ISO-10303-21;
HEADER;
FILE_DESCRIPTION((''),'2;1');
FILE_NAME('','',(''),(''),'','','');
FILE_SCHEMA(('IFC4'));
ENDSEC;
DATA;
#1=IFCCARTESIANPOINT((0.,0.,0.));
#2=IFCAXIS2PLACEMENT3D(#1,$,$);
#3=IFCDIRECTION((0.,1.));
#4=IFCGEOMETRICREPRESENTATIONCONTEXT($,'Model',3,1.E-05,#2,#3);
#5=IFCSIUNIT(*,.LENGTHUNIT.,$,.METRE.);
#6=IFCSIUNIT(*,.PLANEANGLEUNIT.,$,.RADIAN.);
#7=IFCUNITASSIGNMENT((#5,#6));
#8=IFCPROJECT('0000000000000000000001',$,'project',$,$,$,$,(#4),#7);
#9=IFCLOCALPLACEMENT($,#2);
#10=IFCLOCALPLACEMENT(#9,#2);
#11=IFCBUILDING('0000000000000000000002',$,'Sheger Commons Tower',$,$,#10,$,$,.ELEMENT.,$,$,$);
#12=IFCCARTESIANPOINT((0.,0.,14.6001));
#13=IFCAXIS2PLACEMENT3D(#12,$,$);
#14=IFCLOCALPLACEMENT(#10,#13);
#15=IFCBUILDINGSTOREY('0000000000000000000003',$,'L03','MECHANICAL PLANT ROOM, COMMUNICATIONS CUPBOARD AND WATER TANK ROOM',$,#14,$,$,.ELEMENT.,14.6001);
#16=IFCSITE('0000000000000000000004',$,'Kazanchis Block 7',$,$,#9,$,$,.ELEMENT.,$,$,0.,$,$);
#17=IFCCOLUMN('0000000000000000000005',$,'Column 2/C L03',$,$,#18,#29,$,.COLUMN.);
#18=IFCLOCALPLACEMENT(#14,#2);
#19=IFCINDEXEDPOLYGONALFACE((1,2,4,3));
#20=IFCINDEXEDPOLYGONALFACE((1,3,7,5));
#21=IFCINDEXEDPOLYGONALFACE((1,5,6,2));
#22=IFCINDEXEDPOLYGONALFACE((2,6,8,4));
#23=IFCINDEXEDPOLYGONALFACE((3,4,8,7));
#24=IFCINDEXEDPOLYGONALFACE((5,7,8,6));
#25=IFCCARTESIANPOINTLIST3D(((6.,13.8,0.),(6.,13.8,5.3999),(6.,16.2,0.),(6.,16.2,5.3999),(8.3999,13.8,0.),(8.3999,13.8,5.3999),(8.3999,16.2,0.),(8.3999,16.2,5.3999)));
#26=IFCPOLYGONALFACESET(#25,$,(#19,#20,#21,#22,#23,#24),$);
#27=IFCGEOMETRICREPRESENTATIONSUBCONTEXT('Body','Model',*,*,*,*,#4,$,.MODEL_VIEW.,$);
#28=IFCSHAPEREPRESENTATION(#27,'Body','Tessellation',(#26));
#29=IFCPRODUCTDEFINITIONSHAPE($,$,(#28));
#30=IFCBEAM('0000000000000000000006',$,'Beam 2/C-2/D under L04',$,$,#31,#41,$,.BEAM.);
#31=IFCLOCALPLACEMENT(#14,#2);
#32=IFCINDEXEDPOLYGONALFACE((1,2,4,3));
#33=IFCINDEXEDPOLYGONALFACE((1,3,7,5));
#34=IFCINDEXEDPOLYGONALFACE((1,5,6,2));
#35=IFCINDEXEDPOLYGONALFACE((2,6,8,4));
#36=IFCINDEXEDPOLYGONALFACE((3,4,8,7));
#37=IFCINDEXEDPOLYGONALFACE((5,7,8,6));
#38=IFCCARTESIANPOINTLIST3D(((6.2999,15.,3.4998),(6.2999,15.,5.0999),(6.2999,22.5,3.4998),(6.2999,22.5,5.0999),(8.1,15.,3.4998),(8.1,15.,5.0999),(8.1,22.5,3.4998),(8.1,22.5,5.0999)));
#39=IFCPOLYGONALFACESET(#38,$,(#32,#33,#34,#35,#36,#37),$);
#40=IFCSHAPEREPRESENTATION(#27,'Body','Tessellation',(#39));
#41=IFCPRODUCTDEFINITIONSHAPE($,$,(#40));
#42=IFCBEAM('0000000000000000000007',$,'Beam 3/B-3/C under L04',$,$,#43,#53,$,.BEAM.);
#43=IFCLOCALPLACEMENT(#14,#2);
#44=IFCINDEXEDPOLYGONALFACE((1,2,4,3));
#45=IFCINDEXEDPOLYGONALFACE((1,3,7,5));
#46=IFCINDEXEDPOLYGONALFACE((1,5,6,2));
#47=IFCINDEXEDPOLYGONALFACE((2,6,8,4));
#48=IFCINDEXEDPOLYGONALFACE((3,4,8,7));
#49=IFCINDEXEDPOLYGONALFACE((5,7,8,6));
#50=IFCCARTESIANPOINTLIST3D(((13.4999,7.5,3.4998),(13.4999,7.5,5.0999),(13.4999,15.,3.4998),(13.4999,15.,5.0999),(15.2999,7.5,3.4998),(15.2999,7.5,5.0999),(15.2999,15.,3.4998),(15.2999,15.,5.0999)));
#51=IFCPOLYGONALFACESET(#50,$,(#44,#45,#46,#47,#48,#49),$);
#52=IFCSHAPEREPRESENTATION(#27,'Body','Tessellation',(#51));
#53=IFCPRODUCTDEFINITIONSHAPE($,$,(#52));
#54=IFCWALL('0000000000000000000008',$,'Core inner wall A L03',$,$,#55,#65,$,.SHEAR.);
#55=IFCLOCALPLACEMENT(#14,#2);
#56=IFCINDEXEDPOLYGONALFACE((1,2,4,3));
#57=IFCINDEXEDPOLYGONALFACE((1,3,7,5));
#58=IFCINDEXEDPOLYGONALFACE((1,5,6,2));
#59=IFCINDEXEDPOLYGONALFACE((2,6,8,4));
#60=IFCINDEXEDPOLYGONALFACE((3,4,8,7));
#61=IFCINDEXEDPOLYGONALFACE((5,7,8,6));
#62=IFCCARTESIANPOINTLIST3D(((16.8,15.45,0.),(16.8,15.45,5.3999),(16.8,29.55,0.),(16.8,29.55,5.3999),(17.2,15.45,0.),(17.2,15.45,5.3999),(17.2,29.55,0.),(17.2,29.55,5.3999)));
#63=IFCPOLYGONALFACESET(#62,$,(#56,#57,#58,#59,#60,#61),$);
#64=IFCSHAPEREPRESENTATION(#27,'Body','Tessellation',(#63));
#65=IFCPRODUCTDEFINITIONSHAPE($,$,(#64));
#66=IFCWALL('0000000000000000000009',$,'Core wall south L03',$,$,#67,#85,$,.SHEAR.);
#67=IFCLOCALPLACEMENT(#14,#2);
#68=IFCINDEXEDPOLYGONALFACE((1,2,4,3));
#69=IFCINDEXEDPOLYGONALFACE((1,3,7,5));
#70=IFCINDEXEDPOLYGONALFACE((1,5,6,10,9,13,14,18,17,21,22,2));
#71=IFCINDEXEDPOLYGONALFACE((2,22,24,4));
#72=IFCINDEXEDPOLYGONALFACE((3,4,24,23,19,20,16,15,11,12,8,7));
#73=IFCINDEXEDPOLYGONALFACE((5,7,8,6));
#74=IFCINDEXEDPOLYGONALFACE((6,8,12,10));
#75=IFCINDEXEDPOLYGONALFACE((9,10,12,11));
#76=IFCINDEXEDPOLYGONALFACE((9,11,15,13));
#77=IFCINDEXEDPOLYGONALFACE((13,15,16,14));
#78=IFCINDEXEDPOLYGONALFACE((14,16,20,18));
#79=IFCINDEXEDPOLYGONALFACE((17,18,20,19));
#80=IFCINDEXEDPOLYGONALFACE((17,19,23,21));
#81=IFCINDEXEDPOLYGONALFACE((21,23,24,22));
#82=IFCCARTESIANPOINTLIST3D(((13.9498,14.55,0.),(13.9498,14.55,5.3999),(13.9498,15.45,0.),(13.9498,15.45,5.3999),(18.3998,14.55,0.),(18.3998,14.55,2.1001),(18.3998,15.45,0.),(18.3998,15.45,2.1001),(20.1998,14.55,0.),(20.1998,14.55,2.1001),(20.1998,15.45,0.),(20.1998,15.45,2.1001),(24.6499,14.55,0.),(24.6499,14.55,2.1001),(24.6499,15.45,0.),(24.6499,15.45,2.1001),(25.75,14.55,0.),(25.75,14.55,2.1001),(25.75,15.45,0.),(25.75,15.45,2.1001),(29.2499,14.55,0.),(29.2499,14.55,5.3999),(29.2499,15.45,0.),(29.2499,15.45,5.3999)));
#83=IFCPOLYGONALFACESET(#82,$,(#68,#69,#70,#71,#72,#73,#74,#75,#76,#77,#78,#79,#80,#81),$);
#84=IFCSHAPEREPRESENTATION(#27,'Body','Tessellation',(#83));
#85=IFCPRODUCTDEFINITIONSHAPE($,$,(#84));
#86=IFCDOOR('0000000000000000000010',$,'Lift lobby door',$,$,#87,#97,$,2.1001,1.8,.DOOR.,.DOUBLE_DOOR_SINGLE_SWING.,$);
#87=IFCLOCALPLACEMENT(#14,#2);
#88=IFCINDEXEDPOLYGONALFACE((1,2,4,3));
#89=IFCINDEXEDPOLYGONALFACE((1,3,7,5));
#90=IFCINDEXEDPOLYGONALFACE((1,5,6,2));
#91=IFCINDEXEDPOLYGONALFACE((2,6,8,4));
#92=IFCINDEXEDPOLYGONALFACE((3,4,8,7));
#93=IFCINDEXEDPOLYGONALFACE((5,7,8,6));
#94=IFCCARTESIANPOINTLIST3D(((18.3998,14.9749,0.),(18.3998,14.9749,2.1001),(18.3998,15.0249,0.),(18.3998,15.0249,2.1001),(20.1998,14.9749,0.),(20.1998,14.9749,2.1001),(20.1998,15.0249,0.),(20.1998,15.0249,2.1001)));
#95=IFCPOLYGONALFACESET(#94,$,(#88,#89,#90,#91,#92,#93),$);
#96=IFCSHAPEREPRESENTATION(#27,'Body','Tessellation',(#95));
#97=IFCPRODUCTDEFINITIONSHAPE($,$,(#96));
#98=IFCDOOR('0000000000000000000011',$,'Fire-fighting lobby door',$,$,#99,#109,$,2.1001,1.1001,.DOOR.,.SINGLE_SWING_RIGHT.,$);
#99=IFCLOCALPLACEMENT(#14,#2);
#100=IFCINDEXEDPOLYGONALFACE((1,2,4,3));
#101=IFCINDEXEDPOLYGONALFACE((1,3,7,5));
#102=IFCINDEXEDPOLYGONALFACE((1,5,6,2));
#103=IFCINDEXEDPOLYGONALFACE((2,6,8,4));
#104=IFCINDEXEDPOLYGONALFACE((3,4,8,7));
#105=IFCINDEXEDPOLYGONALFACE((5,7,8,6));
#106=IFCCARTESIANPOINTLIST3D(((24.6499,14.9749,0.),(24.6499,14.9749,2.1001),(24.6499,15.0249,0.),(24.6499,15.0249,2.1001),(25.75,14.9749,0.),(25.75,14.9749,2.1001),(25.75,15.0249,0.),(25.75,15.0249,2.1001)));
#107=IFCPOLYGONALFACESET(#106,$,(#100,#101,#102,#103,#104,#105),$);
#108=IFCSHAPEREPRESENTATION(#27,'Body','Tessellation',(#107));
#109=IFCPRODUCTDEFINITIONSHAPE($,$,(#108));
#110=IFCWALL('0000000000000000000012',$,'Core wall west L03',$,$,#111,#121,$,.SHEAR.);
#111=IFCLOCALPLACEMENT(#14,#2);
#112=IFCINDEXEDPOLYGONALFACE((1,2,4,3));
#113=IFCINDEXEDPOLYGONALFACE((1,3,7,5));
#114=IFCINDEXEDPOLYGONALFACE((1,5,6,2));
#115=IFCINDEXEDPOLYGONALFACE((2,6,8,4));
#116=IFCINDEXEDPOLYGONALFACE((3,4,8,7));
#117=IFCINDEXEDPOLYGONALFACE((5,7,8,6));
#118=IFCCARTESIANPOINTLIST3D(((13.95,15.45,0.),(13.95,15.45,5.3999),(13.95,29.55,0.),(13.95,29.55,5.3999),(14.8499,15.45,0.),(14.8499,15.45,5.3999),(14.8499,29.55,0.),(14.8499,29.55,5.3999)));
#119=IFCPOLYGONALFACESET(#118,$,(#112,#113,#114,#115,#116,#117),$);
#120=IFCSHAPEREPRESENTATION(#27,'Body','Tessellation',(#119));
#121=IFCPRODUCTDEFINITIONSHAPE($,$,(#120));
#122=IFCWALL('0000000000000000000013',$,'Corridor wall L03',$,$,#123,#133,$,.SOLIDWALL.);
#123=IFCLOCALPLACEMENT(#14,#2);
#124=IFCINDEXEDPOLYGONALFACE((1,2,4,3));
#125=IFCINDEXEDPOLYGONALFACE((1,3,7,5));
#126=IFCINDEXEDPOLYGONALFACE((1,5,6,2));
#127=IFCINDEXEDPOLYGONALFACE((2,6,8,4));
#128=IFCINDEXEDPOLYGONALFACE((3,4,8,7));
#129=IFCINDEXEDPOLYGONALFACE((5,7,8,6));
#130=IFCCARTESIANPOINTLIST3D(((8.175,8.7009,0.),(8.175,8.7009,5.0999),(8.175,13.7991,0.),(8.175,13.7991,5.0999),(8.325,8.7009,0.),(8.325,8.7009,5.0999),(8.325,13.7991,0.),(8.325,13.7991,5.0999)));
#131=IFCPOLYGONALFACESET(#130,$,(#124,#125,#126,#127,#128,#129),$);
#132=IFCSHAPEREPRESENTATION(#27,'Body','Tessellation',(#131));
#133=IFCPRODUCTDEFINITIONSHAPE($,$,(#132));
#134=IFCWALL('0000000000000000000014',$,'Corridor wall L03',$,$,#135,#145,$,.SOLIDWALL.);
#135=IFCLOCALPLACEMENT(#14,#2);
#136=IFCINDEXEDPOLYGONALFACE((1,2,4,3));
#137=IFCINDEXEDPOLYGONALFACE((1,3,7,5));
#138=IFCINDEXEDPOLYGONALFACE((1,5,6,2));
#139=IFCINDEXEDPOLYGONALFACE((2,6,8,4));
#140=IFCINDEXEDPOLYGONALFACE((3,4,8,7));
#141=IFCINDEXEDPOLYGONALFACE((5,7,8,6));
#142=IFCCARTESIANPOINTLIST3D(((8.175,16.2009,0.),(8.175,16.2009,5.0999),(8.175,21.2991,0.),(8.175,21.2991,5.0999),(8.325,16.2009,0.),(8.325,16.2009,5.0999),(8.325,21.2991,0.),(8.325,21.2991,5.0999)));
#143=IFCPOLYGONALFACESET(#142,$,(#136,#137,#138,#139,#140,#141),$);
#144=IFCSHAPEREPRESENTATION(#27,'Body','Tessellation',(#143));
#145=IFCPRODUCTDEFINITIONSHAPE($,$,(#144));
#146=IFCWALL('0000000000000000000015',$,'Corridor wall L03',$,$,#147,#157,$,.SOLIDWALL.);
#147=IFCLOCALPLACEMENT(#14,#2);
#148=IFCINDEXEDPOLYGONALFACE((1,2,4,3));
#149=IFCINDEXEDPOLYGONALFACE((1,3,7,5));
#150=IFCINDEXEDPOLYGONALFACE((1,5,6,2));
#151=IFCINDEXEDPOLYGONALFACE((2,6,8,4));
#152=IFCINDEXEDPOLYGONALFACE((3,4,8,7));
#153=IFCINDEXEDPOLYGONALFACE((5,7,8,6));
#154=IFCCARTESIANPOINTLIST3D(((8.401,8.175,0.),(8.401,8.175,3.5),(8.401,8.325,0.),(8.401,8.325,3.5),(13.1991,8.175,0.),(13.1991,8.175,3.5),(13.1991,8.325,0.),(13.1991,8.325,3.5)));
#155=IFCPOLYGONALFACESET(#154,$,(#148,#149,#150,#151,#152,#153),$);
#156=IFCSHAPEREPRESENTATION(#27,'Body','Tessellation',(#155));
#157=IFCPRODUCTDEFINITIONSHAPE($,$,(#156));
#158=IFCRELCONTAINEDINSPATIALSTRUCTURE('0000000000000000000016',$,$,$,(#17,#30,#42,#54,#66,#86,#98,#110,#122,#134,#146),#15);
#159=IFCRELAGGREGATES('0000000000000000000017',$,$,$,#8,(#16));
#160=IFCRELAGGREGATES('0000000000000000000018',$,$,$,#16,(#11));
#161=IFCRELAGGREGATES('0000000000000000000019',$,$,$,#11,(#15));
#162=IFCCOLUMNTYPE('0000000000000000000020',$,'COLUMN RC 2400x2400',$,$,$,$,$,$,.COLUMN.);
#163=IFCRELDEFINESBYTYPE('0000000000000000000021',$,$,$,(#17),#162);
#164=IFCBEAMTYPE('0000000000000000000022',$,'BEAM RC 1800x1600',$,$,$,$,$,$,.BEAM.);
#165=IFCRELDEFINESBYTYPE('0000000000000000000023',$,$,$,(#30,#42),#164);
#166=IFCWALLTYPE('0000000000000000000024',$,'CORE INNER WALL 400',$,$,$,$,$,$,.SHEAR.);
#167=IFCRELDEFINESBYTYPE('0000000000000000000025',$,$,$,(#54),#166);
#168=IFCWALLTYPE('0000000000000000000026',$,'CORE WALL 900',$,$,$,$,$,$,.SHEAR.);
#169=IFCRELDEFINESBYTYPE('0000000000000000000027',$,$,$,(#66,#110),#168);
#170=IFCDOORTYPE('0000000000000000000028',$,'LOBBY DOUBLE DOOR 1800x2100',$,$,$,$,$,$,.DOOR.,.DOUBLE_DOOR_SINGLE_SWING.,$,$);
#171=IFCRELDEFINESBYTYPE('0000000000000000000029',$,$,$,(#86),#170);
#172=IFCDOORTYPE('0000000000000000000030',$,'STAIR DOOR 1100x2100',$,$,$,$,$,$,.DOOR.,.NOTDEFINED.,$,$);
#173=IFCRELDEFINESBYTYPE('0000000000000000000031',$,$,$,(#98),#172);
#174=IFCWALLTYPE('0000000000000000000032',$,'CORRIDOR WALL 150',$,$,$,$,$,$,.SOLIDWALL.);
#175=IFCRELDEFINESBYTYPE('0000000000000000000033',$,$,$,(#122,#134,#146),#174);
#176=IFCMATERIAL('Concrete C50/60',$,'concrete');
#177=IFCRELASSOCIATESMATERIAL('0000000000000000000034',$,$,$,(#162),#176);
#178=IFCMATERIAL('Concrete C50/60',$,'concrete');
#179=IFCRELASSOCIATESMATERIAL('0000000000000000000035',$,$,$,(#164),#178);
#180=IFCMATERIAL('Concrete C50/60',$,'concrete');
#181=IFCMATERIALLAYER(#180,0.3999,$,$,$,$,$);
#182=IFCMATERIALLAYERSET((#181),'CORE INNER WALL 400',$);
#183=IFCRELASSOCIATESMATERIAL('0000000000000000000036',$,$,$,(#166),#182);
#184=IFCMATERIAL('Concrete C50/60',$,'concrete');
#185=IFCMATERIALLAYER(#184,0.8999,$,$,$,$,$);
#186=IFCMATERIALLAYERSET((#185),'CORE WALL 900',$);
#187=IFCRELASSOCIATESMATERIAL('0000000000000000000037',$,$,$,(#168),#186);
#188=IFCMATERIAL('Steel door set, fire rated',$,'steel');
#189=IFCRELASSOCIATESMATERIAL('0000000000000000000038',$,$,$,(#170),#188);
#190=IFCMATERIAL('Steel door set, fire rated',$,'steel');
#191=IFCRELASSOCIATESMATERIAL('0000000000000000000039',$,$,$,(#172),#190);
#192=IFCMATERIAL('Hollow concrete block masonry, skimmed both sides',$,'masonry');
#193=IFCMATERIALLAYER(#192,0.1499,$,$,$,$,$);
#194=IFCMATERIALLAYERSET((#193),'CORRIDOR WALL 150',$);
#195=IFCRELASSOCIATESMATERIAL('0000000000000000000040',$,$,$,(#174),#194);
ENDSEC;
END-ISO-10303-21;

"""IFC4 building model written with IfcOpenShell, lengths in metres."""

from ifc_helpers import new_model, si_unit, direction, frame, frame_2d, origin, origin_2d, place, context, subcontext, project, spatial, rectangle, extrude, material, layer, layer_set, material_profile, profile_set, type_object, element, fill, save


model = new_model("IFC4")

# Units and contexts
model_context = context("Model", 3, precision=1e-05, world=origin(), true_north=direction((0.0, 1.0)))
body_context = subcontext(model_context, "Body", "Model", "MODEL_VIEW")
ifc_project = project(units=[si_unit("LENGTHUNIT", "METRE"), si_unit("PLANEANGLEUNIT", "RADIAN")], contexts=[model_context])

# Site, building, storey
site_placement = place(None, origin())
site = spatial("IfcSite", under=ifc_project, at=site_placement, Name="Kazanchis Block 7", CompositionType="ELEMENT", RefElevation=0.0)
building_placement = place(site_placement, origin())
building = spatial("IfcBuilding", under=site, at=building_placement, Name="Sheger Commons Tower", CompositionType="ELEMENT")
storey_placement = place(building_placement, frame((0.0, 0.0, 14.6001)))
storey = spatial("IfcBuildingStorey", under=building, at=storey_placement, Name="L03", Description="MECHANICAL PLANT ROOM, COMMUNICATIONS CUPBOARD AND WATER TANK ROOM", CompositionType="ELEMENT", Elevation=14.6001)

# Column
ifc_material_1 = material(Name="Concrete C50/60", Category="concrete")
ifc_material_profile_1 = material_profile(ifc_material_1, rectangle(XDim=2.3999, YDim=2.3999, at=origin_2d()), Name="RC 2400x2400")
ifc_profile_set_1 = profile_set([ifc_material_profile_1], Name="Concrete C50/60")
column_type = type_object("IfcColumnType", Name="COLUMN RC 2400x2400", PredefinedType="COLUMN", material=ifc_profile_set_1)
column_placement = place(storey_placement, frame((7.2, 15.0, 0.0), z_axis=(0.0, 0.0, 1.0), x_axis=(1.0, 0.0, 0.0)))
element("IfcColumn", 1, at=column_placement, inside=storey, type_object=column_type, Name="Column 2/C L03", PredefinedType="COLUMN", context=body_context, shape_type="SweptSolid", body=[
    extrude(rectangle(XDim=2.3999, YDim=2.3999, at=origin_2d()), origin(), (0.0, 0.0, 1.0), 5.3999),
])

# Beams
ifc_material_2 = material(Name="Concrete C50/60", Category="concrete")
ifc_material_profile_2 = material_profile(ifc_material_2, rectangle(XDim=1.8, YDim=1.6001, at=origin_2d()), Name="RC 1800x1600")
ifc_profile_set_2 = profile_set([ifc_material_profile_2], Name="Concrete C50/60")
beam_type = type_object("IfcBeamType", Name="BEAM RC 1800x1600", PredefinedType="BEAM", material=ifc_profile_set_2)
for number, where, z_axis, x_axis, name in (
    (2, (7.2, 15.0, 4.2998), (0.0, 1.0, 0.0), (-1.0, 0.0, 0.0), "Beam 2/C-2/D under L04"),
    (3, (14.3999, 7.5, 4.2998), (0.0, 1.0, 0.0), (-1.0, 0.0, 0.0), "Beam 3/B-3/C under L04"),
):
    element("IfcBeam", number, at=place(storey_placement, frame(where, z_axis=z_axis, x_axis=x_axis)), inside=storey, type_object=beam_type, Name=name, PredefinedType="BEAM", context=body_context, shape_type="SweptSolid", body=[
        extrude(rectangle(XDim=1.8, YDim=1.6001, at=origin_2d()), origin(), (0.0, 0.0, 1.0), 7.5),
    ])

# Wall
ifc_material_3 = material(Name="Concrete C50/60", Category="concrete")
ifc_layer_1 = layer(ifc_material_3, 0.3999)
ifc_layer_set_1 = layer_set([ifc_layer_1], Name="CORE INNER WALL 400")
wall_type_1 = type_object("IfcWallType", Name="CORE INNER WALL 400", PredefinedType="SHEAR", material=ifc_layer_set_1)
wall_1_placement = place(storey_placement, frame((17.0, 15.45, 0.0), z_axis=(0.0, 0.0, 1.0), x_axis=(0.0, 1.0, 0.0)))
element("IfcWall", 4, at=wall_1_placement, inside=storey, type_object=wall_type_1, Name="Core inner wall A L03", PredefinedType="SHEAR", context=body_context, shape_type="SweptSolid", body=[
    extrude(rectangle(XDim=14.1001, YDim=0.3999, at=frame_2d((7.05, 0.0))), origin(), (0.0, 0.0, 1.0), 5.3999),
])

# Wall, openings, doors
ifc_material_4 = material(Name="Concrete C50/60", Category="concrete")
ifc_layer_2 = layer(ifc_material_4, 0.8999)
ifc_layer_set_2 = layer_set([ifc_layer_2], Name="CORE WALL 900")
wall_type_2 = type_object("IfcWallType", Name="CORE WALL 900", PredefinedType="SHEAR", material=ifc_layer_set_2)
wall_2_placement = place(storey_placement, frame((13.95, 15.0, 0.0), z_axis=(0.0, 0.0, 1.0), x_axis=(1.0, 0.0, 0.0)))
wall_2 = element("IfcWall", 5, at=wall_2_placement, inside=storey, type_object=wall_type_2, Name="Core wall south L03", PredefinedType="SHEAR", context=body_context, shape_type="SweptSolid", body=[
    extrude(rectangle(XDim=15.3, YDim=0.8999, at=frame_2d((7.6499, 0.0))), origin(), (0.0, 0.0, 1.0), 5.3999),
])
opening_1_placement = place(wall_2_placement, frame((4.45, 0.0, 0.0)))
opening_1 = element("IfcOpeningElement", 6, at=opening_1_placement, cuts=wall_2, PredefinedType="OPENING", context=body_context, shape_type="SweptSolid", body=[
    extrude(rectangle(XDim=1.8, YDim=2.1001, at=frame_2d((0.8999, 1.05))), frame((0.0, 0.46, 0.0), z_axis=(0.0, -1.0, 0.0), x_axis=(1.0, 0.0, 0.0)), (0.0, 0.0, 1.0), 0.9199),
])
opening_2_placement = place(wall_2_placement, frame((10.7, 0.0, 0.0)))
opening_2 = element("IfcOpeningElement", 7, at=opening_2_placement, cuts=wall_2, PredefinedType="OPENING", context=body_context, shape_type="SweptSolid", body=[
    extrude(rectangle(XDim=1.1001, YDim=2.1001, at=frame_2d((0.55, 1.05))), frame((0.0, 0.46, 0.0), z_axis=(0.0, -1.0, 0.0), x_axis=(1.0, 0.0, 0.0)), (0.0, 0.0, 1.0), 0.9199),
])
ifc_material_5 = material(Name="Steel door set, fire rated", Category="steel")
door_type_1 = type_object("IfcDoorType", Name="LOBBY DOUBLE DOOR 1800x2100", OperationType="DOUBLE_DOOR_SINGLE_SWING", PredefinedType="DOOR", material=ifc_material_5)
door_1_placement = place(opening_1_placement, origin())
door_1 = element("IfcDoor", 8, at=door_1_placement, inside=storey, type_object=door_type_1, Name="Lift lobby door", OperationType="DOUBLE_DOOR_SINGLE_SWING", OverallHeight=2.1001, OverallWidth=1.8, PredefinedType="DOOR", context=body_context, shape_type="SweptSolid", body=[
    extrude(rectangle(XDim=1.8, YDim=2.1001, at=frame_2d((0.8999, 1.05))), frame((0.0, 0.0249, 0.0), z_axis=(0.0, -1.0, 0.0), x_axis=(1.0, 0.0, 0.0)), (0.0, 0.0, 1.0), 0.05),
])
fill(opening_1, door_1)
ifc_material_6 = material(Name="Steel door set, fire rated", Category="steel")
door_type_2 = type_object("IfcDoorType", Name="STAIR DOOR 1100x2100", OperationType="NOTDEFINED", PredefinedType="DOOR", material=ifc_material_6)
door_2_placement = place(opening_2_placement, origin())
door_2 = element("IfcDoor", 9, at=door_2_placement, inside=storey, type_object=door_type_2, Name="Fire-fighting lobby door", OperationType="SINGLE_SWING_RIGHT", OverallHeight=2.1001, OverallWidth=1.1001, PredefinedType="DOOR", context=body_context, shape_type="SweptSolid", body=[
    extrude(rectangle(XDim=1.1001, YDim=2.1001, at=frame_2d((0.55, 1.05))), frame((0.0, 0.0249, 0.0), z_axis=(0.0, -1.0, 0.0), x_axis=(1.0, 0.0, 0.0)), (0.0, 0.0, 1.0), 0.05),
])
fill(opening_2, door_2)

# Walls
wall_3_placement = place(storey_placement, frame((14.3999, 15.45, 0.0), z_axis=(0.0, 0.0, 1.0), x_axis=(0.0, 1.0, 0.0)))
element("IfcWall", 10, at=wall_3_placement, inside=storey, type_object=wall_type_2, Name="Core wall west L03", PredefinedType="SHEAR", context=body_context, shape_type="SweptSolid", body=[
    extrude(rectangle(XDim=14.1001, YDim=0.8999, at=frame_2d((7.05, 0.0))), origin(), (0.0, 0.0, 1.0), 5.3999),
])
ifc_material_7 = material(Name="Hollow concrete block masonry, skimmed both sides", Category="masonry")
ifc_layer_3 = layer(ifc_material_7, 0.1499)
ifc_layer_set_3 = layer_set([ifc_layer_3], Name="CORRIDOR WALL 150")
wall_type_3 = type_object("IfcWallType", Name="CORRIDOR WALL 150", PredefinedType="SOLIDWALL", material=ifc_layer_set_3)
for number, where, z_axis, x_axis, name in (
    (11, (8.25, 8.7009, 0.0), (0.0, 0.0, 1.0), (0.0, 1.0, 0.0), "Corridor wall L03"),
    (12, (8.25, 16.2009, 0.0), (0.0, 0.0, 1.0), (0.0, 1.0, 0.0), "Corridor wall L03"),
):
    element("IfcWall", number, at=place(storey_placement, frame(where, z_axis=z_axis, x_axis=x_axis)), inside=storey, type_object=wall_type_3, Name=name, PredefinedType="SOLIDWALL", context=body_context, shape_type="SweptSolid", body=[
        extrude(rectangle(XDim=5.0981, YDim=0.1499, at=frame_2d((2.5491, 0.0))), origin(), (0.0, 0.0, 1.0), 5.0999),
    ])
wall_4_placement = place(storey_placement, frame((13.199, 8.25, 0.0), z_axis=(0.0, 0.0, 1.0), x_axis=(-1.0, 0.0, 0.0)))
element("IfcWall", 13, at=wall_4_placement, inside=storey, type_object=wall_type_3, Name="Corridor wall L03", PredefinedType="SOLIDWALL", context=body_context, shape_type="SweptSolid", body=[
    extrude(rectangle(XDim=4.7981, YDim=0.1499, at=frame_2d((2.3989, 0.0))), origin(), (0.0, 0.0, 1.0), 3.5),
])

save(model, "model.ifc")
